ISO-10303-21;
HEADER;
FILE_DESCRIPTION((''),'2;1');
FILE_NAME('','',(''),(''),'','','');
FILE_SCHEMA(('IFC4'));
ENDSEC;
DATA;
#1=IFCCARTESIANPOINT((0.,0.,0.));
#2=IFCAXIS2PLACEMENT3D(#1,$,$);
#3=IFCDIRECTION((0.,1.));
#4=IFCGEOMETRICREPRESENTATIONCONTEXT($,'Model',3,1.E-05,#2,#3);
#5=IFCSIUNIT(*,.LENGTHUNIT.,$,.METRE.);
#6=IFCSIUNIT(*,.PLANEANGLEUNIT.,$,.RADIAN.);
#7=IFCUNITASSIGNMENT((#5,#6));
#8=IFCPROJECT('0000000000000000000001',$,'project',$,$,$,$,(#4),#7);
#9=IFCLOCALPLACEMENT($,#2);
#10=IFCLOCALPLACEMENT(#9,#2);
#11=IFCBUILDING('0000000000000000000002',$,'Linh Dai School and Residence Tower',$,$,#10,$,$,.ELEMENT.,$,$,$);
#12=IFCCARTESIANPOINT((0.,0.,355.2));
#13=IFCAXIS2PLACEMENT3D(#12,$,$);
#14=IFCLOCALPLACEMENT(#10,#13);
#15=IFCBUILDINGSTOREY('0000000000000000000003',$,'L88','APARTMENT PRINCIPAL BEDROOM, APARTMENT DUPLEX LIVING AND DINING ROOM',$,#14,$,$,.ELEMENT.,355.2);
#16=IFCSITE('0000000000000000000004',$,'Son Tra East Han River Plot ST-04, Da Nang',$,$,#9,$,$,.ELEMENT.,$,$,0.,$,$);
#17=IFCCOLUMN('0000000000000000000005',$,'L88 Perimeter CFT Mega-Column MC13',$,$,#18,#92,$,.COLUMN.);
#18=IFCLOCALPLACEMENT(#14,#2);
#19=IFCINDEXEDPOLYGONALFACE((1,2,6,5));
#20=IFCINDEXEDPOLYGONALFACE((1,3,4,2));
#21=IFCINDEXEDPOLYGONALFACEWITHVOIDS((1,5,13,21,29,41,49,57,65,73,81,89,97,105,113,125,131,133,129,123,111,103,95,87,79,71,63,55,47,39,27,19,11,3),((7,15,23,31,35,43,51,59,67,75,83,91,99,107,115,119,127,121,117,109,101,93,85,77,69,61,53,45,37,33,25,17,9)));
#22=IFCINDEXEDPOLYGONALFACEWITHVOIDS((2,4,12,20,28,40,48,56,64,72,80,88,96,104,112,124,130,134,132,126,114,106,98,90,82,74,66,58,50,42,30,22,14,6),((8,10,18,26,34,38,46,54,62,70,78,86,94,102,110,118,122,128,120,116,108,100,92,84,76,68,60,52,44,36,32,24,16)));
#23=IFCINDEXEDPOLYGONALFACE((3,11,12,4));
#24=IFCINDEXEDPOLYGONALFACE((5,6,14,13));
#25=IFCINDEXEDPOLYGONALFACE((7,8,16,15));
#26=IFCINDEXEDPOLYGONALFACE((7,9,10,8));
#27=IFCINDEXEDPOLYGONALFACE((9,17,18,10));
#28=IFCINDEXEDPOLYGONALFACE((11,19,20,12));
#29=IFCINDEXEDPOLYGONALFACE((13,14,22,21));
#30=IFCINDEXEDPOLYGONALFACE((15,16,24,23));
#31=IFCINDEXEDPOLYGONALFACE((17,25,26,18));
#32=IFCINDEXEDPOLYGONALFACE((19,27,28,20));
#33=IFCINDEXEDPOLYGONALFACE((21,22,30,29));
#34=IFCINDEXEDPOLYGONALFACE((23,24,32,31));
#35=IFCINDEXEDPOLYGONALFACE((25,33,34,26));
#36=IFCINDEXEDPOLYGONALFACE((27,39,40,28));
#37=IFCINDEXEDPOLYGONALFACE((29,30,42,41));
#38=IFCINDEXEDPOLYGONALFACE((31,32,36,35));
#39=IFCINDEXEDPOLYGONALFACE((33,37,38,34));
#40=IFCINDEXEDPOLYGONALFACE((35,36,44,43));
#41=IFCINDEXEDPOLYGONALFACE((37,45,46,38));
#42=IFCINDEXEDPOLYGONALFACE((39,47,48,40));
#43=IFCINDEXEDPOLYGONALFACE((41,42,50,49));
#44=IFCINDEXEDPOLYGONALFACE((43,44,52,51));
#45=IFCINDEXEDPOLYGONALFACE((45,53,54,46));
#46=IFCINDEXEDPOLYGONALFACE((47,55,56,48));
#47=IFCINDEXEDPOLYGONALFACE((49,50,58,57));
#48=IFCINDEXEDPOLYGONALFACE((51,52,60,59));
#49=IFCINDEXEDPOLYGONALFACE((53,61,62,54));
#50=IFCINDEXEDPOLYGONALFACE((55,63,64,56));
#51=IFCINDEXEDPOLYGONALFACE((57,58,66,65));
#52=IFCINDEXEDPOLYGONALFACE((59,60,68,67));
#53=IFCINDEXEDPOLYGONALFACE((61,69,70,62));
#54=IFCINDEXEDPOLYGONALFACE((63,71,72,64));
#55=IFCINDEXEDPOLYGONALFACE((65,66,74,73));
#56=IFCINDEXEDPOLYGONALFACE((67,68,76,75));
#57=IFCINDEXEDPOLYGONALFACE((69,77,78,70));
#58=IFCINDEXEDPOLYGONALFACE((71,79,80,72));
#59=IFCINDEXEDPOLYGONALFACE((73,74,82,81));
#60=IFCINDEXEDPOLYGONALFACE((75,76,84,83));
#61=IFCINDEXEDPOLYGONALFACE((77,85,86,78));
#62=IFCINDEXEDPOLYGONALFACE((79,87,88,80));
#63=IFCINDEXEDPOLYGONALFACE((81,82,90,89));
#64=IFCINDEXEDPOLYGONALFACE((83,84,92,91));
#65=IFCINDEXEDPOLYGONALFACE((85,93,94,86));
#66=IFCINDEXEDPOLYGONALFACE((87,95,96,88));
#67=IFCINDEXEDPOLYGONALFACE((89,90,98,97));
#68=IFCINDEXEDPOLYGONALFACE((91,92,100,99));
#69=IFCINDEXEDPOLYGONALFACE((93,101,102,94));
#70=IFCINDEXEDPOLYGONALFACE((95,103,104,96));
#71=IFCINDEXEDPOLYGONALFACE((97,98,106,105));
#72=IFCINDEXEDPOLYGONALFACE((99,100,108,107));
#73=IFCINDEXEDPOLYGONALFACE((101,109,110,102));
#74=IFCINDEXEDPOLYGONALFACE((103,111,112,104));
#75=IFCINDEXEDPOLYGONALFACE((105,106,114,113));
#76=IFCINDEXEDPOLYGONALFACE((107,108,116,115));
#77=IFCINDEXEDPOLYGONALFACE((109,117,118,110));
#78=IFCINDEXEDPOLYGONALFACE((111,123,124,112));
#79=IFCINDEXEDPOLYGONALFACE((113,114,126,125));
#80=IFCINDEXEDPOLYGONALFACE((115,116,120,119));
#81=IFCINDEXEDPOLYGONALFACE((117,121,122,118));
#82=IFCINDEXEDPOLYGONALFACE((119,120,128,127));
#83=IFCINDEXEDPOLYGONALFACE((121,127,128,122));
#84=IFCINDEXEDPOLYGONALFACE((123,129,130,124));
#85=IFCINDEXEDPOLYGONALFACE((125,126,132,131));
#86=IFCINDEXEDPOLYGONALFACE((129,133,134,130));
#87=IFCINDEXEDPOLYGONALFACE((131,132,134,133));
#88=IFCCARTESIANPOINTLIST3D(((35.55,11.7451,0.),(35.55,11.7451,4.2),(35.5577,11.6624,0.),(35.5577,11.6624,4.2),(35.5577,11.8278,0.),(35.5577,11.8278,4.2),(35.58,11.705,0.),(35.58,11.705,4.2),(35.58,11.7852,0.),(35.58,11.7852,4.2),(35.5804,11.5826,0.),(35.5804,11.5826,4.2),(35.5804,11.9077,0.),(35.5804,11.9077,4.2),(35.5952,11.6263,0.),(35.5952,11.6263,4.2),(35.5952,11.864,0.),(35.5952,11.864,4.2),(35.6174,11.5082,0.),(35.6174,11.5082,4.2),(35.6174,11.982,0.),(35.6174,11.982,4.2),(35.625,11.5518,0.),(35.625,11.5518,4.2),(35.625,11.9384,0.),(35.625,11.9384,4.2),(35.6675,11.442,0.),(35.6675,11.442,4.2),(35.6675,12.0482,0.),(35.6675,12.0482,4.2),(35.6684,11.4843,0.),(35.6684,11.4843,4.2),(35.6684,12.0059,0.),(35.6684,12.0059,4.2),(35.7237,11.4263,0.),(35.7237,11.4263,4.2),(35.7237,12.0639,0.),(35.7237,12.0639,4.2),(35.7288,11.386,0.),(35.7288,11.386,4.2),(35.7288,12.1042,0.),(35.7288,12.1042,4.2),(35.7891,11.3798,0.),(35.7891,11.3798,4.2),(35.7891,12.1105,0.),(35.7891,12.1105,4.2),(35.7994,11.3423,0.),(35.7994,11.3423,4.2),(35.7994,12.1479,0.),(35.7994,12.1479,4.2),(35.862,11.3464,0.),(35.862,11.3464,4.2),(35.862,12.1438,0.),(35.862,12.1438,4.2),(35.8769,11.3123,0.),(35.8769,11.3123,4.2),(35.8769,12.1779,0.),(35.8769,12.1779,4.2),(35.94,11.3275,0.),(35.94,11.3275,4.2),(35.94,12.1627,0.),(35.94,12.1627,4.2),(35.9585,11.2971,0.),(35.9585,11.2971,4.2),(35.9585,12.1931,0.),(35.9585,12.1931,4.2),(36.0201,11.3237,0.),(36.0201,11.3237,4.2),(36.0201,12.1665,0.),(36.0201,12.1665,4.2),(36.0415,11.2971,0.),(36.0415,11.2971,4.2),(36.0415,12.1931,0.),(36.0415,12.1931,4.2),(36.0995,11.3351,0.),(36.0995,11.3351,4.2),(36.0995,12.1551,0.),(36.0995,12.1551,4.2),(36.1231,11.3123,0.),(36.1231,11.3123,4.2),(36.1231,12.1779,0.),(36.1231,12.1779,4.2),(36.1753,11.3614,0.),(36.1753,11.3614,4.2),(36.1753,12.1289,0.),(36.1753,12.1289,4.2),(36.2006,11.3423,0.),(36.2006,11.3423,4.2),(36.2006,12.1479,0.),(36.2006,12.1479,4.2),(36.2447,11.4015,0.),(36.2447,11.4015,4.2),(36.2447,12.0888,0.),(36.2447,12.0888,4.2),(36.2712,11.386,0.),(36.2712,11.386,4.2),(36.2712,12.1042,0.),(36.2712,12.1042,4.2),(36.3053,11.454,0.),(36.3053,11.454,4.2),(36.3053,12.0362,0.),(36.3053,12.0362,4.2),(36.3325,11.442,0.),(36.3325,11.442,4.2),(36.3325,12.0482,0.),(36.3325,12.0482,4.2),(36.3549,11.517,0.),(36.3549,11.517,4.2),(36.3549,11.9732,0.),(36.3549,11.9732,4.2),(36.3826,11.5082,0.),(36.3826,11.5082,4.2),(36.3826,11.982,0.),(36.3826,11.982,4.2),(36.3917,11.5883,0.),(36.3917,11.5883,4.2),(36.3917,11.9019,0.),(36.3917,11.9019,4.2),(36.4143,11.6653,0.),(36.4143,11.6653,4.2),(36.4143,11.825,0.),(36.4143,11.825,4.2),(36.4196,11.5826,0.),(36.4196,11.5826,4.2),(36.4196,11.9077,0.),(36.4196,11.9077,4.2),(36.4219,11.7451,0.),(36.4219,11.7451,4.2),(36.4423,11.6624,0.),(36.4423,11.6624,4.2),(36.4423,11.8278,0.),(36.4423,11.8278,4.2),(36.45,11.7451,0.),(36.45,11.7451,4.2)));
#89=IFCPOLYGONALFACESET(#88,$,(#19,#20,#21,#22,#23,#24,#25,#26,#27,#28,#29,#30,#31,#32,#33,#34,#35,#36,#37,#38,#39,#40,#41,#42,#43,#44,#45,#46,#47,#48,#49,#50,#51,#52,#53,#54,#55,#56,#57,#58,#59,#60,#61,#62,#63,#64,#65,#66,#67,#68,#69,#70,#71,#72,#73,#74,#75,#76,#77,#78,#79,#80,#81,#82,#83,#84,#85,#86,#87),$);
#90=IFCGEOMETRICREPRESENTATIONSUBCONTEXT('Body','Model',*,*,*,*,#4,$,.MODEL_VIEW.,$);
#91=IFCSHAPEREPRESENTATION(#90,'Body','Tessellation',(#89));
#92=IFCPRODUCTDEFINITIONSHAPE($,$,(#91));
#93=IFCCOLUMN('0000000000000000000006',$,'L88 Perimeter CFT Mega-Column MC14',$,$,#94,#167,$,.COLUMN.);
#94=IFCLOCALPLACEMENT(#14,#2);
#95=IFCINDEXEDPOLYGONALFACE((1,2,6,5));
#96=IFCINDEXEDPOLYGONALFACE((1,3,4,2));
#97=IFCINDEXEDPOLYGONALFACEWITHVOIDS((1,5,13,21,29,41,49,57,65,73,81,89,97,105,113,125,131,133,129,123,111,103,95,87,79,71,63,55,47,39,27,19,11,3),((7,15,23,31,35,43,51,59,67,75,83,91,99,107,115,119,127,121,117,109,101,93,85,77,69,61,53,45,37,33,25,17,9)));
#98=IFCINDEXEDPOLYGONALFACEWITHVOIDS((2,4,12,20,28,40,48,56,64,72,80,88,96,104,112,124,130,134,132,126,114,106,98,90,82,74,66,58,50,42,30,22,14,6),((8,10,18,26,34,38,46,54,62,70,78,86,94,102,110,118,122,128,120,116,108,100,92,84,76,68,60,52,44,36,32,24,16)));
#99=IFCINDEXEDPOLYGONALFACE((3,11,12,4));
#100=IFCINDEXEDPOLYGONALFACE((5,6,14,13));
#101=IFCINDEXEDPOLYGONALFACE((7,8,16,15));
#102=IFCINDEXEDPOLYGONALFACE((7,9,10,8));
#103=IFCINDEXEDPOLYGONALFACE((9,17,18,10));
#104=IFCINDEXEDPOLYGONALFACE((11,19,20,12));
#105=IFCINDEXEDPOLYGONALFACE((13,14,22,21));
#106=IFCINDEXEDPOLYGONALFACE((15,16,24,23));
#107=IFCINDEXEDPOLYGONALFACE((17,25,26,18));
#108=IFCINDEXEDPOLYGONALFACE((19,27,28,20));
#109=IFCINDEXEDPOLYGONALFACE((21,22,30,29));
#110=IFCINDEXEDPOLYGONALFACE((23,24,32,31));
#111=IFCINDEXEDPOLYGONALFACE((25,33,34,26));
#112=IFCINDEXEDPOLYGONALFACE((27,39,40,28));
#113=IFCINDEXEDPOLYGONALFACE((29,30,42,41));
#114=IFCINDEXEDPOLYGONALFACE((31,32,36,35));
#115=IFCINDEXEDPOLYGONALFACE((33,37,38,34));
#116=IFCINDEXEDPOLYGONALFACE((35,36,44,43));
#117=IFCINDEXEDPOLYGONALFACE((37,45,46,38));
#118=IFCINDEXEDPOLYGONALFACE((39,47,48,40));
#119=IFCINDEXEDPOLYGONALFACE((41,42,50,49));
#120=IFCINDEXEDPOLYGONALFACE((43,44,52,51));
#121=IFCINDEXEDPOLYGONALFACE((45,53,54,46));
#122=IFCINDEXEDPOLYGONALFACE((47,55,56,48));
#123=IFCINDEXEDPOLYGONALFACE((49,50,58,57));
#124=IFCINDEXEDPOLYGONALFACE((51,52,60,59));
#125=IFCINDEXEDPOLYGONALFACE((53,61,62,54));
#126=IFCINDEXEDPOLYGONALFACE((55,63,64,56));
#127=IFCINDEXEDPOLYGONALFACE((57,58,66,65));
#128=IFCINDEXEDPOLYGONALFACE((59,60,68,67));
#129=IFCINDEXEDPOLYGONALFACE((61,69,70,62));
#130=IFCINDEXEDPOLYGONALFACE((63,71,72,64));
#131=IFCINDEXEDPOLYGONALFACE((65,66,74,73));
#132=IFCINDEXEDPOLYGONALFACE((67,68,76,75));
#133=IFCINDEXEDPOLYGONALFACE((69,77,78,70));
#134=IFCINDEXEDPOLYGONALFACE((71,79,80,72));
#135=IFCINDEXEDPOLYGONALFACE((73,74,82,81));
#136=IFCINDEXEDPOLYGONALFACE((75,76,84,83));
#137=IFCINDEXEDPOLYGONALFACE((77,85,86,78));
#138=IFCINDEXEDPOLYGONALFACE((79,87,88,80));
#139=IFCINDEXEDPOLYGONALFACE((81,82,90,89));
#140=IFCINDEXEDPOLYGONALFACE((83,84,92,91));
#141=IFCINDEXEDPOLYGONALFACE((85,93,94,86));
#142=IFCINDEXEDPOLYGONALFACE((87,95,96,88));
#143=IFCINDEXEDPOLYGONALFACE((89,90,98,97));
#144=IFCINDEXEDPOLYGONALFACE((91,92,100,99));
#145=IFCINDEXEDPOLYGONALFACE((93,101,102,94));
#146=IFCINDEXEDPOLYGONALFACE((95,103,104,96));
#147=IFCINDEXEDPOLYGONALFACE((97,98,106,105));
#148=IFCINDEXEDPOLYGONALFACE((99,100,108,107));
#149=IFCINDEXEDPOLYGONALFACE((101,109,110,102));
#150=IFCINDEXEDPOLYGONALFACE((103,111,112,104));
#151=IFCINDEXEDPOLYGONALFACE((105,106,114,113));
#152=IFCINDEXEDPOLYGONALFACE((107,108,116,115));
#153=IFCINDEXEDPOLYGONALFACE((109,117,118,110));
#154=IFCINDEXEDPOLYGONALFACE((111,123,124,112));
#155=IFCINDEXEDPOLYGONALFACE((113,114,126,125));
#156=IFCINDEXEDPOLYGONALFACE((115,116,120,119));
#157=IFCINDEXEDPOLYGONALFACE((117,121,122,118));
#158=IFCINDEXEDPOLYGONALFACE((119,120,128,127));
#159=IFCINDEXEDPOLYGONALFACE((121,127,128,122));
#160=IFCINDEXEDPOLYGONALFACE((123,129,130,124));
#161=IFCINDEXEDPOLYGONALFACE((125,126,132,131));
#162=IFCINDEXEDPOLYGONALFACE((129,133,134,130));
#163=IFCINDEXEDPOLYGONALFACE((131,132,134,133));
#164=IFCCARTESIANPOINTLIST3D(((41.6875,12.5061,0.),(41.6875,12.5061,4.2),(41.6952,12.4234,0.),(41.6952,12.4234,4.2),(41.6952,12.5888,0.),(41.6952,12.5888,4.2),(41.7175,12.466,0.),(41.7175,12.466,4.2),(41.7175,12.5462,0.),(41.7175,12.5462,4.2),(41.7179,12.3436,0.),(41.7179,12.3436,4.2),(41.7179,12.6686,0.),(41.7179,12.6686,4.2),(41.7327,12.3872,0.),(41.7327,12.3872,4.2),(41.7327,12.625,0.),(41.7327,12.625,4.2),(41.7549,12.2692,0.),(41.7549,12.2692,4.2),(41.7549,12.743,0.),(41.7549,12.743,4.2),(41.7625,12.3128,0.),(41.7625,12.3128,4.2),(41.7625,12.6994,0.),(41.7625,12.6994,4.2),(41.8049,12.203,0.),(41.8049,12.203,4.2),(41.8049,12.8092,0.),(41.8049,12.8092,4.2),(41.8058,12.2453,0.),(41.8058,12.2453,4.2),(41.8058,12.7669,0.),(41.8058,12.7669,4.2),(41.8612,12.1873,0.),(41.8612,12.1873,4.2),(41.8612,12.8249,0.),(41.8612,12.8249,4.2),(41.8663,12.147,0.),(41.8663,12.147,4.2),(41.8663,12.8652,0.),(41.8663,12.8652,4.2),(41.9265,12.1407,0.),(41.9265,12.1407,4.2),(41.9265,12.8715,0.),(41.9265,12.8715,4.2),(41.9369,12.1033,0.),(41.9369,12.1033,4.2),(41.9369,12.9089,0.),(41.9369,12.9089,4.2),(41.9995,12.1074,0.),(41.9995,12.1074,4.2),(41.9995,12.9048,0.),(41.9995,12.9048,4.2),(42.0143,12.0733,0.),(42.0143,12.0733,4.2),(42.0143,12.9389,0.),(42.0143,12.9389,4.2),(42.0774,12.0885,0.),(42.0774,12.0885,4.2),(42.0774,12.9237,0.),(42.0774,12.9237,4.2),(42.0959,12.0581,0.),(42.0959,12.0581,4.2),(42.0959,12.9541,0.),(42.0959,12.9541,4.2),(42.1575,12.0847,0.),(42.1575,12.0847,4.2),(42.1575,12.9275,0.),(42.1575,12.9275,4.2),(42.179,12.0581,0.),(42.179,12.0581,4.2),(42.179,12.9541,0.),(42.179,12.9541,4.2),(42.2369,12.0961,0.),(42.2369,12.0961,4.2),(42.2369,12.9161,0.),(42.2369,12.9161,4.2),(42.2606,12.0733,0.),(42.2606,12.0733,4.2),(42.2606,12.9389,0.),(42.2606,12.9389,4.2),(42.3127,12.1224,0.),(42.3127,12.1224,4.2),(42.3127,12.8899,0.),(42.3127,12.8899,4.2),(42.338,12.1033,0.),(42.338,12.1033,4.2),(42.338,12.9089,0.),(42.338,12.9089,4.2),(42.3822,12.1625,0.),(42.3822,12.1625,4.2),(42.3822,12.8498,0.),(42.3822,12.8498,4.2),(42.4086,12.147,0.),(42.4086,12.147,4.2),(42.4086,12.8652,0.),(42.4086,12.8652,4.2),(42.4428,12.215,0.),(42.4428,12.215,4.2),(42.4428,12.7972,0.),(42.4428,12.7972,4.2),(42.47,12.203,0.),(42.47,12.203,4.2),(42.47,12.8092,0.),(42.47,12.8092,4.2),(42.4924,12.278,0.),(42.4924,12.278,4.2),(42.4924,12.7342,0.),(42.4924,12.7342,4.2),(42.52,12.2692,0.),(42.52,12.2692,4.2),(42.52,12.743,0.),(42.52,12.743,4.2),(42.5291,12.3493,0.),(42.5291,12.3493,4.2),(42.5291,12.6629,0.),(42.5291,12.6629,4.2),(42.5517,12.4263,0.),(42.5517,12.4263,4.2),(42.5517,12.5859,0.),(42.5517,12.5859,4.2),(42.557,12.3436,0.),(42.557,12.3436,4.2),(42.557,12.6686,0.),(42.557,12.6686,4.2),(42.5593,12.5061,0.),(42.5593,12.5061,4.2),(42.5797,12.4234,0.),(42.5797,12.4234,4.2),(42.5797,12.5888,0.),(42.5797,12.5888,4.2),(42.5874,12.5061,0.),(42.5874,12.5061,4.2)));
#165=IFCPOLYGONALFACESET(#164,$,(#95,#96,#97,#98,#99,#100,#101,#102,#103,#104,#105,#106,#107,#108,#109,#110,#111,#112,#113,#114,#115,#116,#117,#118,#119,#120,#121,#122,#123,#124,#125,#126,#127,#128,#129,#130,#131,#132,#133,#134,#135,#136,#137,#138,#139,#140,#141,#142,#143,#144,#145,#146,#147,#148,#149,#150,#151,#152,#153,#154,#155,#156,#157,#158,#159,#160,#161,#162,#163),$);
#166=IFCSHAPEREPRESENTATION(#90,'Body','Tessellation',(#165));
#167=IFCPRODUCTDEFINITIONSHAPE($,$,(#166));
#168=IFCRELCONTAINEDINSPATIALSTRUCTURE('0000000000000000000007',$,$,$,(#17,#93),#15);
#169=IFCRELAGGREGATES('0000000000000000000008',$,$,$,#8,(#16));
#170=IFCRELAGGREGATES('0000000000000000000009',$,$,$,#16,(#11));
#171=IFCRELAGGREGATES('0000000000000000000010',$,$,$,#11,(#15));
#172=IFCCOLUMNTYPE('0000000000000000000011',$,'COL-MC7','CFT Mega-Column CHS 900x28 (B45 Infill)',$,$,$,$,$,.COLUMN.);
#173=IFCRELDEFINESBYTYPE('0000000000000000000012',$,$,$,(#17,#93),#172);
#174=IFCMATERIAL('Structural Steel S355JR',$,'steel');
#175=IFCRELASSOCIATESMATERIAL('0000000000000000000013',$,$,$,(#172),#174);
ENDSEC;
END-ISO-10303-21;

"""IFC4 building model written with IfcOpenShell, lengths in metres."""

from ifc_helpers import new_model, si_unit, direction, frame, origin, origin_2d, place, context, subcontext, project, spatial, hollow_circle, extrude, material, material_profile, profile_set, type_object, element, save


model = new_model("IFC4")

# Units and contexts
model_context = context("Model", 3, precision=1e-05, world=origin(), true_north=direction((0.0, 1.0)))
body_context = subcontext(model_context, "Body", "Model", "MODEL_VIEW")
ifc_project = project(units=[si_unit("LENGTHUNIT", "METRE"), si_unit("PLANEANGLEUNIT", "RADIAN")], contexts=[model_context])

# Site, building, storey
site_placement = place(None, origin())
site = spatial("IfcSite", under=ifc_project, at=site_placement, Name="Son Tra East Han River Plot ST-04, Da Nang", CompositionType="ELEMENT", RefElevation=0.0)
building_placement = place(site_placement, origin())
building = spatial("IfcBuilding", under=site, at=building_placement, Name="Linh Dai School and Residence Tower", CompositionType="ELEMENT")
storey_placement = place(building_placement, frame((0.0, 0.0, 355.2)))
storey = spatial("IfcBuildingStorey", under=building, at=storey_placement, Name="L88", Description="APARTMENT PRINCIPAL BEDROOM, APARTMENT DUPLEX LIVING AND DINING ROOM", CompositionType="ELEMENT", Elevation=355.2)

# Columns
ifc_material_1 = material(Name="Structural Steel S355JR", Category="steel")
ifc_material_profile_1 = material_profile(ifc_material_1, hollow_circle(Radius=0.45, WallThickness=0.0281, at=origin_2d()), Name="CHS 900x28")
ifc_profile_set_1 = profile_set([ifc_material_profile_1], Name="Structural Steel S355JR")
column_type = type_object("IfcColumnType", Name="COL-MC7", Description="CFT Mega-Column CHS 900x28 (B45 Infill)", PredefinedType="COLUMN", material=ifc_profile_set_1)
for number, where, z_axis, x_axis, name in (
    (1, (36.0, 11.7451, 0.0), (0.0, 0.0, 1.0), (1.0, 0.0, 0.0), "L88 Perimeter CFT Mega-Column MC13"),
    (2, (42.1375, 12.5061, 0.0), (0.0, 0.0, 1.0), (1.0, 0.0, 0.0), "L88 Perimeter CFT Mega-Column MC14"),
):
    element("IfcColumn", number, at=place(storey_placement, frame(where, z_axis=z_axis, x_axis=x_axis)), inside=storey, type_object=column_type, Name=name, PredefinedType="COLUMN", context=body_context, shape_type="SweptSolid", body=[
        extrude(hollow_circle(Radius=0.45, WallThickness=0.0281, at=origin_2d()), origin(), (0.0, 0.0, 1.0), 4.2),
    ])

save(model, "model.ifc")
